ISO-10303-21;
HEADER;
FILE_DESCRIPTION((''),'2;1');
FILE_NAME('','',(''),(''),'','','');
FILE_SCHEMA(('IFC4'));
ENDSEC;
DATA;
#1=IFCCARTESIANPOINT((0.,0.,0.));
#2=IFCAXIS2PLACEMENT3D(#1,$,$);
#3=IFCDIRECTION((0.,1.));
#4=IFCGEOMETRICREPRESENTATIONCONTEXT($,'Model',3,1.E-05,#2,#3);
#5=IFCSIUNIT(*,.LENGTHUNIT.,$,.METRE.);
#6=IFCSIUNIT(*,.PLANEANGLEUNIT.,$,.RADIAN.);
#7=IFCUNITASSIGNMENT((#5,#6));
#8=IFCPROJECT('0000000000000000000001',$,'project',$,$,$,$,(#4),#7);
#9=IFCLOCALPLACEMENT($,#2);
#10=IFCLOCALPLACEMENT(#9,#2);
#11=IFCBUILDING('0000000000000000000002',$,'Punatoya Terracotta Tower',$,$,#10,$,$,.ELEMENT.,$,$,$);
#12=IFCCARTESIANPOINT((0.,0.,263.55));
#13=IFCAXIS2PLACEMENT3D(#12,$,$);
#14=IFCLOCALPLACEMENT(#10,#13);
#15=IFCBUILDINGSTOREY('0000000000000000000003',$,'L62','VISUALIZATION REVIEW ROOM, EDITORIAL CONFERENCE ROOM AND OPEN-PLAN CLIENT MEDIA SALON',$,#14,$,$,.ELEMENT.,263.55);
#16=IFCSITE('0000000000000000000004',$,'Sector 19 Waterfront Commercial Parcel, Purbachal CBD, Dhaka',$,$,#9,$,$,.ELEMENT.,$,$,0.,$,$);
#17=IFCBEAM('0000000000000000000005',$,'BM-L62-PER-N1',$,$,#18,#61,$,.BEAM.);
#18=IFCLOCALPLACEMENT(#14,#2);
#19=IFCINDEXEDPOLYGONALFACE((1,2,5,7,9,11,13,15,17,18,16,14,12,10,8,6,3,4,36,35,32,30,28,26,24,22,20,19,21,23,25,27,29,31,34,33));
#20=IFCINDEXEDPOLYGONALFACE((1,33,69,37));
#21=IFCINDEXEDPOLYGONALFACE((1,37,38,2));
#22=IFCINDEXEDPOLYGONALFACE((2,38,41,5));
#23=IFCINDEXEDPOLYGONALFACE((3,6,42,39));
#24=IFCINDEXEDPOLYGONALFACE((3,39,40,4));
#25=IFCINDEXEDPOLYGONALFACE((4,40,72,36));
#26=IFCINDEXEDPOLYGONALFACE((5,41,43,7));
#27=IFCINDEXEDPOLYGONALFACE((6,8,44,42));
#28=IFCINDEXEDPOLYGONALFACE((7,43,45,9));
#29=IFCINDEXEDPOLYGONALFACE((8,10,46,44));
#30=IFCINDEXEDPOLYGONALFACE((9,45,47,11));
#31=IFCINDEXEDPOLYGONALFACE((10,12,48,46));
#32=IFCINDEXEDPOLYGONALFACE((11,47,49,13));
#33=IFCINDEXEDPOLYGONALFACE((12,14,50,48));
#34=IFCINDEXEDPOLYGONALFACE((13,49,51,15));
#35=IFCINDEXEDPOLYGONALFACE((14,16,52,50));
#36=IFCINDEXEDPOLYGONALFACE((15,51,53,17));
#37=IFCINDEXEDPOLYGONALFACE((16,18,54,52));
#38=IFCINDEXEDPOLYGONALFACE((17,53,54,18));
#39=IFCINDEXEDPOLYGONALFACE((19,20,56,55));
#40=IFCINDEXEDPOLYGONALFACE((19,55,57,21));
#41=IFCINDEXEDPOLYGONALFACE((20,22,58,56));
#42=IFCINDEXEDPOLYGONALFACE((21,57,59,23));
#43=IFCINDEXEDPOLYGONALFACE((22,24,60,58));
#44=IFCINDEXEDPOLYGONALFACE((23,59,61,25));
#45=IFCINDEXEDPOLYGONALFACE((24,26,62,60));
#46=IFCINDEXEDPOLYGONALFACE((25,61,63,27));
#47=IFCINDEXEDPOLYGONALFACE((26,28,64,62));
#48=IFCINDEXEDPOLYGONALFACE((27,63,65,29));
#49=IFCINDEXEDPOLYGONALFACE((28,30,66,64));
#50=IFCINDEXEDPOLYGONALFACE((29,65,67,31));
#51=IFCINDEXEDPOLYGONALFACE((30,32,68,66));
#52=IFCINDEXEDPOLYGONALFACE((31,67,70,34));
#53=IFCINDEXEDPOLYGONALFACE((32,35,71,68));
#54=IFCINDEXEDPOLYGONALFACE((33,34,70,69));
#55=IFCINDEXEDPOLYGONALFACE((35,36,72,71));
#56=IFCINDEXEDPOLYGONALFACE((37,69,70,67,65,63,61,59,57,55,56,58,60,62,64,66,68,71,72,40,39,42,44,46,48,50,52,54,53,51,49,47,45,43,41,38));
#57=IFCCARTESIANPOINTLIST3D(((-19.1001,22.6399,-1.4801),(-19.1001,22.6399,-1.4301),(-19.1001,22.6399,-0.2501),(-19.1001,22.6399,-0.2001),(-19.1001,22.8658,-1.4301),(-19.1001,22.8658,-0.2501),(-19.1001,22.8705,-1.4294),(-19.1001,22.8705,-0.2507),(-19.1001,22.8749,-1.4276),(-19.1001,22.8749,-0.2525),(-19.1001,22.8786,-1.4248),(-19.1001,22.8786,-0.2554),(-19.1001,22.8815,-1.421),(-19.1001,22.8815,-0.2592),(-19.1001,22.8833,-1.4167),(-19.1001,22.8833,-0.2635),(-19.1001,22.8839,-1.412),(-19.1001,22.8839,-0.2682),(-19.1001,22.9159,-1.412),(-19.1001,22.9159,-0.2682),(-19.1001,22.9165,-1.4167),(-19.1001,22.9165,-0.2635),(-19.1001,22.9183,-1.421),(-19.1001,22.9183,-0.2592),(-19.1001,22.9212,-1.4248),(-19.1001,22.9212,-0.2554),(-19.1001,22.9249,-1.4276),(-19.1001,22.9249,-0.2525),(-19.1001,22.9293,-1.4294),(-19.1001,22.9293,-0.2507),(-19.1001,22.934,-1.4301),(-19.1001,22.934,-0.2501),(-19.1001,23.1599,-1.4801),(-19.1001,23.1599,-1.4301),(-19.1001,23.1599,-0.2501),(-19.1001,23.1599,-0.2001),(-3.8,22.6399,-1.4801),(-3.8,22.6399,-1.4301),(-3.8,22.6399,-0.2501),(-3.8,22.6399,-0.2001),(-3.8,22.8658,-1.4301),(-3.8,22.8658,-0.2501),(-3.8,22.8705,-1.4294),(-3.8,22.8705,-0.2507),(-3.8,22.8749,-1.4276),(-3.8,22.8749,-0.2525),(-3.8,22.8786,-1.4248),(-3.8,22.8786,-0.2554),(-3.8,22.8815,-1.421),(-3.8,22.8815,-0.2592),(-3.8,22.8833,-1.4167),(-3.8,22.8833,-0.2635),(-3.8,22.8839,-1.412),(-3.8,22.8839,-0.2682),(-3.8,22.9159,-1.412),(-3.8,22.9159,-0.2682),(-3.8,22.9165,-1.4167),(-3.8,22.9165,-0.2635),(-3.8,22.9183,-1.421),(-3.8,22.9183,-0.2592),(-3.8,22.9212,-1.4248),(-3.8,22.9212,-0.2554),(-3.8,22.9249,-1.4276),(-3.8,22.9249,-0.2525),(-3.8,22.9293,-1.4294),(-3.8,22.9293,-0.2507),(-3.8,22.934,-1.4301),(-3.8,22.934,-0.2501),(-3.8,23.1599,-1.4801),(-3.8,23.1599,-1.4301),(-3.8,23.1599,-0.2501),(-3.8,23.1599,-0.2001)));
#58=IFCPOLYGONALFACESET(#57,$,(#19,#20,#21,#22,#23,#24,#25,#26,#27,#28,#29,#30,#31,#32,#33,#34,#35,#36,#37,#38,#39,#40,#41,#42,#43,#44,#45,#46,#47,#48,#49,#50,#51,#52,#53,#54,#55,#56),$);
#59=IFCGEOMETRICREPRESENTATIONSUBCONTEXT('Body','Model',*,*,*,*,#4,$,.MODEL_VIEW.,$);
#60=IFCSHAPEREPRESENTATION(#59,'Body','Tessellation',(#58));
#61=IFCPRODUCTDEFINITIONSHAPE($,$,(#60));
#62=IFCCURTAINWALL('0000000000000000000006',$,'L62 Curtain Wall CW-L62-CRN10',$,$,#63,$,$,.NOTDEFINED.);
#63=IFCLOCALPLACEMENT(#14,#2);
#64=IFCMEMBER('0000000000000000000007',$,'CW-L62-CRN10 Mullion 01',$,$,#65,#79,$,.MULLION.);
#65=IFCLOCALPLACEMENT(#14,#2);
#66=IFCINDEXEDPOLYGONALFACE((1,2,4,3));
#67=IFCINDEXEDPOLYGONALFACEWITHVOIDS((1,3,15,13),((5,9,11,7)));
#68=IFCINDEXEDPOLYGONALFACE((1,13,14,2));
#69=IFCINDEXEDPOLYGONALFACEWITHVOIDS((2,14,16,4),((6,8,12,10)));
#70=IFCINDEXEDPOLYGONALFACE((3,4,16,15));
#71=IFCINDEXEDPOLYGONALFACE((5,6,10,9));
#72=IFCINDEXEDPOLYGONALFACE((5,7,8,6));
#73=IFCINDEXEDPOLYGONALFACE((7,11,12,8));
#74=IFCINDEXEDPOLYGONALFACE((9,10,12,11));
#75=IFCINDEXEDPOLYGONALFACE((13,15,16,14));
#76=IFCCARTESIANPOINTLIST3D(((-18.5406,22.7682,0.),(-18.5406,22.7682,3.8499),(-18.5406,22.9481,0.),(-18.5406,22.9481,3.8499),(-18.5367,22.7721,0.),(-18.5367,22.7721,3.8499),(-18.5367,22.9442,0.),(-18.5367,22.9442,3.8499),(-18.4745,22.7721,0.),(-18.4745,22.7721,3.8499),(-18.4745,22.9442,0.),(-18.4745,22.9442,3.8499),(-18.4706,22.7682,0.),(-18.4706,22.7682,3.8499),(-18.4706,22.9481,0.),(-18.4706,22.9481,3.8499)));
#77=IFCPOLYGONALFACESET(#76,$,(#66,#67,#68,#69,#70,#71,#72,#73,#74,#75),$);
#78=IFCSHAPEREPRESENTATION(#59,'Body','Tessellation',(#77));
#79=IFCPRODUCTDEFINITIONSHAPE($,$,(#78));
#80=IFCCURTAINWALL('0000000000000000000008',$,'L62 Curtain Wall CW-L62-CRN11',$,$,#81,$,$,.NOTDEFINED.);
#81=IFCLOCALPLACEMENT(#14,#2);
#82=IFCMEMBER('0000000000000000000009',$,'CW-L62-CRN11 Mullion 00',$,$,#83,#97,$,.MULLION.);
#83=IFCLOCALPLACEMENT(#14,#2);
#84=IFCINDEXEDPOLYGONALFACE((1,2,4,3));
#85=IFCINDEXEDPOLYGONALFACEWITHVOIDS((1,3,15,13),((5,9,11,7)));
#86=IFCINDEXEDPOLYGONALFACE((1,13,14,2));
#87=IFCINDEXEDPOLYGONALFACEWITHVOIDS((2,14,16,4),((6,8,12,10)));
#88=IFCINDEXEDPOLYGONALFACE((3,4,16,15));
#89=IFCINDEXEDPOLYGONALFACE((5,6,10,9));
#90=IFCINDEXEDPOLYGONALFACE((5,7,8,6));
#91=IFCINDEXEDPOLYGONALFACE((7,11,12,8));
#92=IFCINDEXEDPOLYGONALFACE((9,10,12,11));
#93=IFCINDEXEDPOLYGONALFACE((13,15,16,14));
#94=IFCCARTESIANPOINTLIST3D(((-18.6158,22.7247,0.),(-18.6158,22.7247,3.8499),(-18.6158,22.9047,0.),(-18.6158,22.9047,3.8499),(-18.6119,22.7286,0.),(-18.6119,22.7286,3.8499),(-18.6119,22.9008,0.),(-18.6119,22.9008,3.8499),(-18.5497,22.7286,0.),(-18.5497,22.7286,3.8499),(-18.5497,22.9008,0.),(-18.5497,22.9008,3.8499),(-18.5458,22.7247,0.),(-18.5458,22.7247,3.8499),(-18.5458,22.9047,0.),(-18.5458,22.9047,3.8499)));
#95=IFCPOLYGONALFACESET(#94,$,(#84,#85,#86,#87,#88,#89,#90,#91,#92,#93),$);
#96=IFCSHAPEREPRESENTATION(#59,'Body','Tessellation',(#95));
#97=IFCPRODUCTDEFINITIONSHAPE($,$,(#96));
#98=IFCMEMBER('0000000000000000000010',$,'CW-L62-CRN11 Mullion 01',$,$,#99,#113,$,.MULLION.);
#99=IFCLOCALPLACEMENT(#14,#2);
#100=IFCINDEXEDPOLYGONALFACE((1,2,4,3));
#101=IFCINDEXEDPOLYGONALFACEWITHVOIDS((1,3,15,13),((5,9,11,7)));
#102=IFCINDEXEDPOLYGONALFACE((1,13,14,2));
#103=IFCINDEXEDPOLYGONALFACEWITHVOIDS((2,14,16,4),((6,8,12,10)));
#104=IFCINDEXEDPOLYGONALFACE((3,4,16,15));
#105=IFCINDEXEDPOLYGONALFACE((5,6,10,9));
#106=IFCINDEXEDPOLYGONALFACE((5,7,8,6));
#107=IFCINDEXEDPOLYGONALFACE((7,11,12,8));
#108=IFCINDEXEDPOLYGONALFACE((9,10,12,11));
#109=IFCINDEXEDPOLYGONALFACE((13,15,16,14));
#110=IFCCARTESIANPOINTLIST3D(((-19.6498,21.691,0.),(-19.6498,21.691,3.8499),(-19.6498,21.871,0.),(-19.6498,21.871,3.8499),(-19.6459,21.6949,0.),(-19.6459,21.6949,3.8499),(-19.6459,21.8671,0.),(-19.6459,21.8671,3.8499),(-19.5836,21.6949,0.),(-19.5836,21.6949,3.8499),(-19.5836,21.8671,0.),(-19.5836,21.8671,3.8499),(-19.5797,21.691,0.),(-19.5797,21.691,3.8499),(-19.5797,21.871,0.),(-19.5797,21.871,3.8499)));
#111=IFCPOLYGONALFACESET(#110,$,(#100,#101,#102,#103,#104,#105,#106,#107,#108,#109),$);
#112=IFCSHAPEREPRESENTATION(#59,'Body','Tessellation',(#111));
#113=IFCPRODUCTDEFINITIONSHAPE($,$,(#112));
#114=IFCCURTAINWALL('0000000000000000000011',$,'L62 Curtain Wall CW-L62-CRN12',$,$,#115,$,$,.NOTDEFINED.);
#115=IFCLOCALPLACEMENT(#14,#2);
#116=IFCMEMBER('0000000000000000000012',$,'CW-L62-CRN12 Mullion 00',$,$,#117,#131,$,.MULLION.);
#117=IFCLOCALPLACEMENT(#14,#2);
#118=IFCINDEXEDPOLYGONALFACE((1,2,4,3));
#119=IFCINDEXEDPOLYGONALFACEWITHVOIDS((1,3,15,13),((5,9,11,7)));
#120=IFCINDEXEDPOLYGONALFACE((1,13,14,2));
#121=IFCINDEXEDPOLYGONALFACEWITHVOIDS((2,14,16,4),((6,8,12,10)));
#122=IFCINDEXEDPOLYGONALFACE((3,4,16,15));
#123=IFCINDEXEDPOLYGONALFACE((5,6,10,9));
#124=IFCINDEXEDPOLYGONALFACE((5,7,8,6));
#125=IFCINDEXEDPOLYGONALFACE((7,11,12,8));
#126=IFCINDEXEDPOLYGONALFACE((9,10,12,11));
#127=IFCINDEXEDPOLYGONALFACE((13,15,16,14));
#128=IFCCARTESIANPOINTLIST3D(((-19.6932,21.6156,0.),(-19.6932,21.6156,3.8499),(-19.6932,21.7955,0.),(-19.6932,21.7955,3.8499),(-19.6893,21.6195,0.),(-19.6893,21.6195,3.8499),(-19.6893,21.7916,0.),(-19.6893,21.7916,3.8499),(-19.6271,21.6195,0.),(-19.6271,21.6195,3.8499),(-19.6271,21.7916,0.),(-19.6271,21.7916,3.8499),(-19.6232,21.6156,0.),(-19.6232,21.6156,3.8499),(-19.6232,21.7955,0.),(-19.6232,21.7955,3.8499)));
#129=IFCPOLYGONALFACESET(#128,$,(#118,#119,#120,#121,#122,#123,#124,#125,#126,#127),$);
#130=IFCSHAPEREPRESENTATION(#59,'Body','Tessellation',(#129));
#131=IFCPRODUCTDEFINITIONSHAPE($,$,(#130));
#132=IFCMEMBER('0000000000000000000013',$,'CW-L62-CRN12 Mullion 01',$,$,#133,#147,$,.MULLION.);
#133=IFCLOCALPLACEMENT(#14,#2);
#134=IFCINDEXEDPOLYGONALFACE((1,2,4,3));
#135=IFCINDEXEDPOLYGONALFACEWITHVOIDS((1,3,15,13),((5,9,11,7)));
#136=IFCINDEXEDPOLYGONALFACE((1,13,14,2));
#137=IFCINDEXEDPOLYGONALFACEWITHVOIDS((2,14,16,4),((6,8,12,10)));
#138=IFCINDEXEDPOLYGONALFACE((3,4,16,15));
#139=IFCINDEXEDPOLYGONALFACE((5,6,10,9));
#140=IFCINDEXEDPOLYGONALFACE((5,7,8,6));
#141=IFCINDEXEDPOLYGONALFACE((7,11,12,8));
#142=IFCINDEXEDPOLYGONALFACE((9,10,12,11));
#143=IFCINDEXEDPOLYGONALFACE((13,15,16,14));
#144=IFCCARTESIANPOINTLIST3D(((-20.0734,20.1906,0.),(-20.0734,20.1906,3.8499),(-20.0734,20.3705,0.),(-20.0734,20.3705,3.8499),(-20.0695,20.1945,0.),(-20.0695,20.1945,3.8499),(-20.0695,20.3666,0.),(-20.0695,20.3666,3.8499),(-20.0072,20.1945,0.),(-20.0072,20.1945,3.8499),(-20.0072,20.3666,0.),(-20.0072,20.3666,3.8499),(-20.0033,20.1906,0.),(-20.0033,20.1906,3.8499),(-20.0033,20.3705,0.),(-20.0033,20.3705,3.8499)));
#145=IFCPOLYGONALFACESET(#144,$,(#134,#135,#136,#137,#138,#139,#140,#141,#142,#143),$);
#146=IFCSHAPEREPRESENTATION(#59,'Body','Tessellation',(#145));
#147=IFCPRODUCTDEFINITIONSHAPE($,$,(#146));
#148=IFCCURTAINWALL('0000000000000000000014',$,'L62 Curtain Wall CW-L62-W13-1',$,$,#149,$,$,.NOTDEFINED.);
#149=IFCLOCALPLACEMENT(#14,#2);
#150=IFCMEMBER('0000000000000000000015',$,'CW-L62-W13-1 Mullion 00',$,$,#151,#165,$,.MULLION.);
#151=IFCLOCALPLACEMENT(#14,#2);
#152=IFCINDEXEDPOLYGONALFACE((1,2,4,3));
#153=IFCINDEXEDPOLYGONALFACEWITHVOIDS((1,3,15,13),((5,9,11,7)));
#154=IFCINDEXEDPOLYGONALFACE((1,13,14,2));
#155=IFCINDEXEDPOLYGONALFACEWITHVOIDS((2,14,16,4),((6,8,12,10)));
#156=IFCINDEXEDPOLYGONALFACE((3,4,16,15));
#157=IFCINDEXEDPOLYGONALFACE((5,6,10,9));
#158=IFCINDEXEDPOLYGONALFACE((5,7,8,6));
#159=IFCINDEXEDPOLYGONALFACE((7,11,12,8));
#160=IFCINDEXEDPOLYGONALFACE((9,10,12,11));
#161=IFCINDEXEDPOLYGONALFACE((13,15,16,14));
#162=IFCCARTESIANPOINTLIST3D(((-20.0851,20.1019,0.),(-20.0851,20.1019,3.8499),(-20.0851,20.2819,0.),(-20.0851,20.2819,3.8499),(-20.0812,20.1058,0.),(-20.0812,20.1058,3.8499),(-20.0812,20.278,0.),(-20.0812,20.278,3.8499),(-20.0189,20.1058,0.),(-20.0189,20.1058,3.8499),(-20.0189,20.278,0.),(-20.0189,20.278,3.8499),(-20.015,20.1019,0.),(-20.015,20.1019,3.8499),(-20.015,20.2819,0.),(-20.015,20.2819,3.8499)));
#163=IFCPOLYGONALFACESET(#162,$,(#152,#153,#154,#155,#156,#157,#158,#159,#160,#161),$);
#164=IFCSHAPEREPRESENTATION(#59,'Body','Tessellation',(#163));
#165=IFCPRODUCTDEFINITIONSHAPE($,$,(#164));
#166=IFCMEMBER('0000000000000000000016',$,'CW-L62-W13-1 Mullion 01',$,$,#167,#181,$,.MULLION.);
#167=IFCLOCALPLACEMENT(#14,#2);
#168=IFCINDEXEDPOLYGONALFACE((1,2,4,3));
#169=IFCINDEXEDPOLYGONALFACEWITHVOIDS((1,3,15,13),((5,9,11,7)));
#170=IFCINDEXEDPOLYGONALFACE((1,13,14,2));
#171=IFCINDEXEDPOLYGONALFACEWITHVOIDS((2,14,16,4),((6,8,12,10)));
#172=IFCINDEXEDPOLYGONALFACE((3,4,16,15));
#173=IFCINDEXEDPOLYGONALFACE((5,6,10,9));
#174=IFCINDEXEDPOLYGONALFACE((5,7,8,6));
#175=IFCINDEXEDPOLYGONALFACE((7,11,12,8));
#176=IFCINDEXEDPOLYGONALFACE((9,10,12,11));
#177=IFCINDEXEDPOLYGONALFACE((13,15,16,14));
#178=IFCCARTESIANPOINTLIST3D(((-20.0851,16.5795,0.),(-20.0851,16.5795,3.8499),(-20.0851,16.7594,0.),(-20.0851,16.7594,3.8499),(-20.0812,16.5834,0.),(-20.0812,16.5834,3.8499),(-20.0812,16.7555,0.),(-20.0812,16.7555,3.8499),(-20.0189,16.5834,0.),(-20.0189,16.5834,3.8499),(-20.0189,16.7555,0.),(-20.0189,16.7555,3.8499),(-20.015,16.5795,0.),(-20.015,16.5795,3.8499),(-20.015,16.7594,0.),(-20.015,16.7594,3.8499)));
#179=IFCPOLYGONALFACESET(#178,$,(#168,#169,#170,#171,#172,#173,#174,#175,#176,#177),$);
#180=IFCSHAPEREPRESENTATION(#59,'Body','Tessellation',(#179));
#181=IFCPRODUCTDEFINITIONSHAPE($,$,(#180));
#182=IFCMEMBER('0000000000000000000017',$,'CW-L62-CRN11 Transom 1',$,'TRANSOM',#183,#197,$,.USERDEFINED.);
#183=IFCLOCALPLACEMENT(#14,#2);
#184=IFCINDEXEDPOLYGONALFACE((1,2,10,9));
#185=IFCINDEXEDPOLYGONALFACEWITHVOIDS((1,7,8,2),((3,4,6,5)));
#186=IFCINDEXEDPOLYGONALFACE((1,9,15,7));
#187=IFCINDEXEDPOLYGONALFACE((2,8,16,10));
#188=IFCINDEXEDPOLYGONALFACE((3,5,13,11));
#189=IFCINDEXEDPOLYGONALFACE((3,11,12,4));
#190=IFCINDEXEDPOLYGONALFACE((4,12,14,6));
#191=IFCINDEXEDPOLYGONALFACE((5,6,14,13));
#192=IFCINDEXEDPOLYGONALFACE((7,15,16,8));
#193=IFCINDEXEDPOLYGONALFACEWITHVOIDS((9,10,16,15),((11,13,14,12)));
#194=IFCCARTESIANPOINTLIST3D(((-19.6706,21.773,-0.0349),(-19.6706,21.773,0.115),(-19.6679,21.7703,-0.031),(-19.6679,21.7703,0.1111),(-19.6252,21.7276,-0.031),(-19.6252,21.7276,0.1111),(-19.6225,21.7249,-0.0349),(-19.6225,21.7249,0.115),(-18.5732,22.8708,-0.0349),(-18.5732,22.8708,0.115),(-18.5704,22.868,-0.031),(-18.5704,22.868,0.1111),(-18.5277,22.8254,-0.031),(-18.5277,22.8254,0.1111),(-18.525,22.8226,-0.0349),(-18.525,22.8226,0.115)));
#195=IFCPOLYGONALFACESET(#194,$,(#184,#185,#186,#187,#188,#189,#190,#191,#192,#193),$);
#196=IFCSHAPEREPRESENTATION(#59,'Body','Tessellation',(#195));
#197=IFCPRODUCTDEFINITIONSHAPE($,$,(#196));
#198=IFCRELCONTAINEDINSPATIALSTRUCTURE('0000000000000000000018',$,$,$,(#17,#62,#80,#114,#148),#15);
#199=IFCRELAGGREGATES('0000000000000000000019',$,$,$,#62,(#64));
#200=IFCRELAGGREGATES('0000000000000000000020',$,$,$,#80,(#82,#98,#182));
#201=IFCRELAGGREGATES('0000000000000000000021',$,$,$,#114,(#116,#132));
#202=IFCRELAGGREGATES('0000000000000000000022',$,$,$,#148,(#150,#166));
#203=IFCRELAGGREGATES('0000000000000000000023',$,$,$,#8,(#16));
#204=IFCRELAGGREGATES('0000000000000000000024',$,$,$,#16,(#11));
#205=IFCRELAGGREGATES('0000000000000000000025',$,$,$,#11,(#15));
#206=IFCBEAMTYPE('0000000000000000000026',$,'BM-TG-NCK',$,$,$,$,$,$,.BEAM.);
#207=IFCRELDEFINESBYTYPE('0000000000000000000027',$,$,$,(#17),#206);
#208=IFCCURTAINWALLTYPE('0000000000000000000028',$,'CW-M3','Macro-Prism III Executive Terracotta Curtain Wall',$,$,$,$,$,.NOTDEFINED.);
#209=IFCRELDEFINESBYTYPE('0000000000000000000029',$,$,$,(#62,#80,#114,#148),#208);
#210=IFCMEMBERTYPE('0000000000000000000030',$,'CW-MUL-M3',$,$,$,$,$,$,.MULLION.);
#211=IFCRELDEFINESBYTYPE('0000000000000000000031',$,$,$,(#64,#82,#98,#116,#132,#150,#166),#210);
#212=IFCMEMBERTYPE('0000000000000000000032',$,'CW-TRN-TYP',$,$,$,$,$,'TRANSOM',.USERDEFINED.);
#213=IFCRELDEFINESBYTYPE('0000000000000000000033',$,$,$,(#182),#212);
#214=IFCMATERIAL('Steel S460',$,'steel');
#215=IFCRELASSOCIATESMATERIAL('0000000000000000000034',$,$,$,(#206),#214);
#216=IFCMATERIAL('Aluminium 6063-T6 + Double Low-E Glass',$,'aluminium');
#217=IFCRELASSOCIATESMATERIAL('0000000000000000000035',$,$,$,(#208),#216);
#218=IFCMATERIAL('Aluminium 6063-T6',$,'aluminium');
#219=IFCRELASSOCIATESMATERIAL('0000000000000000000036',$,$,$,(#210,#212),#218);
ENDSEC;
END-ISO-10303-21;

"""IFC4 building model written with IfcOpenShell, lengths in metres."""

from ifc_helpers import new_model, si_unit, direction, frame, origin, origin_2d, place, context, subcontext, project, spatial, hollow_rectangle, i_section, extrude, material, material_profile, profile_set, type_object, element, aggregate, save


model = new_model("IFC4")

# Units and contexts
model_context = context("Model", 3, precision=1e-05, world=origin(), true_north=direction((0.0, 1.0)))
body_context = subcontext(model_context, "Body", "Model", "MODEL_VIEW")
ifc_project = project(units=[si_unit("LENGTHUNIT", "METRE"), si_unit("PLANEANGLEUNIT", "RADIAN")], contexts=[model_context])

# Site, building, storey
site_placement = place(None, origin())
site = spatial("IfcSite", under=ifc_project, at=site_placement, Name="Sector 19 Waterfront Commercial Parcel, Purbachal CBD, Dhaka", CompositionType="ELEMENT", RefElevation=0.0)
building_placement = place(site_placement, origin())
building = spatial("IfcBuilding", under=site, at=building_placement, Name="Punatoya Terracotta Tower", CompositionType="ELEMENT")
storey_placement = place(building_placement, frame((0.0, 0.0, 263.55)))
storey = spatial("IfcBuildingStorey", under=building, at=storey_placement, Name="L62", Description="VISUALIZATION REVIEW ROOM, EDITORIAL CONFERENCE ROOM AND OPEN-PLAN CLIENT MEDIA SALON", CompositionType="ELEMENT", Elevation=263.55)

# Shared definitions
ifc_material_1 = material(Name="Steel S460", Category="steel")

# Beam
ifc_material_profile_1 = material_profile(ifc_material_1, i_section(OverallWidth=0.52, OverallDepth=1.28, WebThickness=0.032, FlangeThickness=0.05, FilletRadius=0.0181, at=origin_2d()))
ifc_profile_set_1 = profile_set([ifc_material_profile_1], Name="Steel S460")
beam_type_1 = type_object("IfcBeamType", Name="BM-TG-NCK", PredefinedType="BEAM", material=ifc_profile_set_1)
beam_1_placement = place(storey_placement, frame((-19.1001, 22.8999, -0.8401), z_axis=(1.0, 0.0, 0.0), x_axis=(0.0, 1.0, 0.0)))
element("IfcBeam", 1, at=beam_1_placement, inside=storey, type_object=beam_type_1, Name="BM-L62-PER-N1", PredefinedType="BEAM", context=body_context, shape_type="SweptSolid", body=[
    extrude(i_section(OverallWidth=0.52, OverallDepth=1.28, WebThickness=0.032, FlangeThickness=0.05, FilletRadius=0.0181, at=origin_2d()), origin(), (0.0, 0.0, 1.0), 15.3),
])

# Curtain wall, member
ifc_material_2 = material(Name="Aluminium 6063-T6 + Double Low-E Glass", Category="aluminium")
curtain_wall_type = type_object("IfcCurtainWallType", Name="CW-M3", Description="Macro-Prism III Executive Terracotta Curtain Wall", PredefinedType="NOTDEFINED", material=ifc_material_2)
curtain_wall_1_placement = place(storey_placement, origin())
curtain_wall_1 = element("IfcCurtainWall", 2, at=curtain_wall_1_placement, inside=storey, type_object=curtain_wall_type, Name="L62 Curtain Wall CW-L62-CRN10", PredefinedType="NOTDEFINED")
ifc_material_3 = material(Name="Aluminium 6063-T6", Category="aluminium")
ifc_material_profile_2 = material_profile(ifc_material_3, hollow_rectangle(XDim=0.0701, YDim=0.1799, WallThickness=0.0039, at=origin_2d()))
ifc_profile_set_2 = profile_set([ifc_material_profile_2], Name="Aluminium 6063-T6")
member_type_1 = type_object("IfcMemberType", Name="CW-MUL-M3", PredefinedType="MULLION", material=ifc_profile_set_2)
member_1_placement = place(storey_placement, frame((-18.5056, 22.8582, 0.0), z_axis=(0.0, 0.0, 1.0), x_axis=(1.0, 0.0, 0.0)))
member_1 = element("IfcMember", 3, at=member_1_placement, type_object=member_type_1, Name="CW-L62-CRN10 Mullion 01", PredefinedType="MULLION", context=body_context, shape_type="SweptSolid", body=[
    extrude(hollow_rectangle(XDim=0.0701, YDim=0.1799, WallThickness=0.0039, at=origin_2d()), origin(), (0.0, 0.0, 1.0), 3.8499),
])
aggregate(curtain_wall_1, [member_1])

# Curtain walls, members
curtain_wall_2_placement = place(storey_placement, origin())
curtain_wall_2 = element("IfcCurtainWall", 4, at=curtain_wall_2_placement, inside=storey, type_object=curtain_wall_type, Name="L62 Curtain Wall CW-L62-CRN11", PredefinedType="NOTDEFINED")
member_2_placement = place(storey_placement, frame((-18.5808, 22.8147, 0.0), z_axis=(0.0, 0.0, 1.0), x_axis=(1.0, 0.0, 0.0)))
member_2 = element("IfcMember", 5, at=member_2_placement, type_object=member_type_1, Name="CW-L62-CRN11 Mullion 00", PredefinedType="MULLION", context=body_context, shape_type="SweptSolid", body=[
    extrude(hollow_rectangle(XDim=0.0701, YDim=0.1799, WallThickness=0.0039, at=origin_2d()), origin(), (0.0, 0.0, 1.0), 3.8499),
])
member_3_placement = place(storey_placement, frame((-19.6147, 21.781, 0.0), z_axis=(0.0, 0.0, 1.0), x_axis=(1.0, 0.0, 0.0)))
member_3 = element("IfcMember", 6, at=member_3_placement, type_object=member_type_1, Name="CW-L62-CRN11 Mullion 01", PredefinedType="MULLION", context=body_context, shape_type="SweptSolid", body=[
    extrude(hollow_rectangle(XDim=0.0701, YDim=0.1799, WallThickness=0.0039, at=origin_2d()), origin(), (0.0, 0.0, 1.0), 3.8499),
])
curtain_wall_3_placement = place(storey_placement, origin())
curtain_wall_3 = element("IfcCurtainWall", 7, at=curtain_wall_3_placement, inside=storey, type_object=curtain_wall_type, Name="L62 Curtain Wall CW-L62-CRN12", PredefinedType="NOTDEFINED")
member_4_placement = place(storey_placement, frame((-19.6582, 21.7056, 0.0), z_axis=(0.0, 0.0, 1.0), x_axis=(1.0, 0.0, 0.0)))
member_4 = element("IfcMember", 8, at=member_4_placement, type_object=member_type_1, Name="CW-L62-CRN12 Mullion 00", PredefinedType="MULLION", context=body_context, shape_type="SweptSolid", body=[
    extrude(hollow_rectangle(XDim=0.0701, YDim=0.1799, WallThickness=0.0039, at=origin_2d()), origin(), (0.0, 0.0, 1.0), 3.8499),
])
member_5_placement = place(storey_placement, frame((-20.0383, 20.2805, 0.0), z_axis=(0.0, 0.0, 1.0), x_axis=(1.0, 0.0, 0.0)))
member_5 = element("IfcMember", 9, at=member_5_placement, type_object=member_type_1, Name="CW-L62-CRN12 Mullion 01", PredefinedType="MULLION", context=body_context, shape_type="SweptSolid", body=[
    extrude(hollow_rectangle(XDim=0.0701, YDim=0.1799, WallThickness=0.0039, at=origin_2d()), origin(), (0.0, 0.0, 1.0), 3.8499),
])
curtain_wall_4_placement = place(storey_placement, origin())
curtain_wall_4 = element("IfcCurtainWall", 10, at=curtain_wall_4_placement, inside=storey, type_object=curtain_wall_type, Name="L62 Curtain Wall CW-L62-W13-1", PredefinedType="NOTDEFINED")
member_6_placement = place(storey_placement, frame((-20.05, 20.1919, 0.0), z_axis=(0.0, 0.0, 1.0), x_axis=(1.0, 0.0, 0.0)))
member_6 = element("IfcMember", 11, at=member_6_placement, type_object=member_type_1, Name="CW-L62-W13-1 Mullion 00", PredefinedType="MULLION", context=body_context, shape_type="SweptSolid", body=[
    extrude(hollow_rectangle(XDim=0.0701, YDim=0.1799, WallThickness=0.0039, at=origin_2d()), origin(), (0.0, 0.0, 1.0), 3.8499),
])
member_7_placement = place(storey_placement, frame((-20.05, 16.6694, 0.0), z_axis=(0.0, 0.0, 1.0), x_axis=(1.0, 0.0, 0.0)))
member_7 = element("IfcMember", 12, at=member_7_placement, type_object=member_type_1, Name="CW-L62-W13-1 Mullion 01", PredefinedType="MULLION", context=body_context, shape_type="SweptSolid", body=[
    extrude(hollow_rectangle(XDim=0.0701, YDim=0.1799, WallThickness=0.0039, at=origin_2d()), origin(), (0.0, 0.0, 1.0), 3.8499),
])

# Member
ifc_material_profile_3 = material_profile(ifc_material_3, hollow_rectangle(XDim=0.0681, YDim=0.1499, WallThickness=0.0039, at=origin_2d()))
ifc_profile_set_3 = profile_set([ifc_material_profile_3], Name="Aluminium 6063-T6")
member_type_2 = type_object("IfcMemberType", Name="CW-TRN-TYP", ElementType="TRANSOM", PredefinedType="USERDEFINED", material=ifc_profile_set_3)
member_8_placement = place(storey_placement, frame((-18.5491, 22.8467, 0.04), z_axis=(-0.707028, -0.707185, 0.0), x_axis=(0.707185, -0.707028, 0.0)))
member_8 = element("IfcMember", 13, at=member_8_placement, type_object=member_type_2, Name="CW-L62-CRN11 Transom 1", ObjectType="TRANSOM", PredefinedType="USERDEFINED", context=body_context, shape_type="SweptSolid", body=[
    extrude(hollow_rectangle(XDim=0.0681, YDim=0.1499, WallThickness=0.0039, at=origin_2d()), origin(), (0.0, 0.0, 1.0), 1.5522),
])

aggregate(curtain_wall_2, [member_2, member_3, member_8])
aggregate(curtain_wall_3, [member_4, member_5])
aggregate(curtain_wall_4, [member_6, member_7])

save(model, "model.ifc")
